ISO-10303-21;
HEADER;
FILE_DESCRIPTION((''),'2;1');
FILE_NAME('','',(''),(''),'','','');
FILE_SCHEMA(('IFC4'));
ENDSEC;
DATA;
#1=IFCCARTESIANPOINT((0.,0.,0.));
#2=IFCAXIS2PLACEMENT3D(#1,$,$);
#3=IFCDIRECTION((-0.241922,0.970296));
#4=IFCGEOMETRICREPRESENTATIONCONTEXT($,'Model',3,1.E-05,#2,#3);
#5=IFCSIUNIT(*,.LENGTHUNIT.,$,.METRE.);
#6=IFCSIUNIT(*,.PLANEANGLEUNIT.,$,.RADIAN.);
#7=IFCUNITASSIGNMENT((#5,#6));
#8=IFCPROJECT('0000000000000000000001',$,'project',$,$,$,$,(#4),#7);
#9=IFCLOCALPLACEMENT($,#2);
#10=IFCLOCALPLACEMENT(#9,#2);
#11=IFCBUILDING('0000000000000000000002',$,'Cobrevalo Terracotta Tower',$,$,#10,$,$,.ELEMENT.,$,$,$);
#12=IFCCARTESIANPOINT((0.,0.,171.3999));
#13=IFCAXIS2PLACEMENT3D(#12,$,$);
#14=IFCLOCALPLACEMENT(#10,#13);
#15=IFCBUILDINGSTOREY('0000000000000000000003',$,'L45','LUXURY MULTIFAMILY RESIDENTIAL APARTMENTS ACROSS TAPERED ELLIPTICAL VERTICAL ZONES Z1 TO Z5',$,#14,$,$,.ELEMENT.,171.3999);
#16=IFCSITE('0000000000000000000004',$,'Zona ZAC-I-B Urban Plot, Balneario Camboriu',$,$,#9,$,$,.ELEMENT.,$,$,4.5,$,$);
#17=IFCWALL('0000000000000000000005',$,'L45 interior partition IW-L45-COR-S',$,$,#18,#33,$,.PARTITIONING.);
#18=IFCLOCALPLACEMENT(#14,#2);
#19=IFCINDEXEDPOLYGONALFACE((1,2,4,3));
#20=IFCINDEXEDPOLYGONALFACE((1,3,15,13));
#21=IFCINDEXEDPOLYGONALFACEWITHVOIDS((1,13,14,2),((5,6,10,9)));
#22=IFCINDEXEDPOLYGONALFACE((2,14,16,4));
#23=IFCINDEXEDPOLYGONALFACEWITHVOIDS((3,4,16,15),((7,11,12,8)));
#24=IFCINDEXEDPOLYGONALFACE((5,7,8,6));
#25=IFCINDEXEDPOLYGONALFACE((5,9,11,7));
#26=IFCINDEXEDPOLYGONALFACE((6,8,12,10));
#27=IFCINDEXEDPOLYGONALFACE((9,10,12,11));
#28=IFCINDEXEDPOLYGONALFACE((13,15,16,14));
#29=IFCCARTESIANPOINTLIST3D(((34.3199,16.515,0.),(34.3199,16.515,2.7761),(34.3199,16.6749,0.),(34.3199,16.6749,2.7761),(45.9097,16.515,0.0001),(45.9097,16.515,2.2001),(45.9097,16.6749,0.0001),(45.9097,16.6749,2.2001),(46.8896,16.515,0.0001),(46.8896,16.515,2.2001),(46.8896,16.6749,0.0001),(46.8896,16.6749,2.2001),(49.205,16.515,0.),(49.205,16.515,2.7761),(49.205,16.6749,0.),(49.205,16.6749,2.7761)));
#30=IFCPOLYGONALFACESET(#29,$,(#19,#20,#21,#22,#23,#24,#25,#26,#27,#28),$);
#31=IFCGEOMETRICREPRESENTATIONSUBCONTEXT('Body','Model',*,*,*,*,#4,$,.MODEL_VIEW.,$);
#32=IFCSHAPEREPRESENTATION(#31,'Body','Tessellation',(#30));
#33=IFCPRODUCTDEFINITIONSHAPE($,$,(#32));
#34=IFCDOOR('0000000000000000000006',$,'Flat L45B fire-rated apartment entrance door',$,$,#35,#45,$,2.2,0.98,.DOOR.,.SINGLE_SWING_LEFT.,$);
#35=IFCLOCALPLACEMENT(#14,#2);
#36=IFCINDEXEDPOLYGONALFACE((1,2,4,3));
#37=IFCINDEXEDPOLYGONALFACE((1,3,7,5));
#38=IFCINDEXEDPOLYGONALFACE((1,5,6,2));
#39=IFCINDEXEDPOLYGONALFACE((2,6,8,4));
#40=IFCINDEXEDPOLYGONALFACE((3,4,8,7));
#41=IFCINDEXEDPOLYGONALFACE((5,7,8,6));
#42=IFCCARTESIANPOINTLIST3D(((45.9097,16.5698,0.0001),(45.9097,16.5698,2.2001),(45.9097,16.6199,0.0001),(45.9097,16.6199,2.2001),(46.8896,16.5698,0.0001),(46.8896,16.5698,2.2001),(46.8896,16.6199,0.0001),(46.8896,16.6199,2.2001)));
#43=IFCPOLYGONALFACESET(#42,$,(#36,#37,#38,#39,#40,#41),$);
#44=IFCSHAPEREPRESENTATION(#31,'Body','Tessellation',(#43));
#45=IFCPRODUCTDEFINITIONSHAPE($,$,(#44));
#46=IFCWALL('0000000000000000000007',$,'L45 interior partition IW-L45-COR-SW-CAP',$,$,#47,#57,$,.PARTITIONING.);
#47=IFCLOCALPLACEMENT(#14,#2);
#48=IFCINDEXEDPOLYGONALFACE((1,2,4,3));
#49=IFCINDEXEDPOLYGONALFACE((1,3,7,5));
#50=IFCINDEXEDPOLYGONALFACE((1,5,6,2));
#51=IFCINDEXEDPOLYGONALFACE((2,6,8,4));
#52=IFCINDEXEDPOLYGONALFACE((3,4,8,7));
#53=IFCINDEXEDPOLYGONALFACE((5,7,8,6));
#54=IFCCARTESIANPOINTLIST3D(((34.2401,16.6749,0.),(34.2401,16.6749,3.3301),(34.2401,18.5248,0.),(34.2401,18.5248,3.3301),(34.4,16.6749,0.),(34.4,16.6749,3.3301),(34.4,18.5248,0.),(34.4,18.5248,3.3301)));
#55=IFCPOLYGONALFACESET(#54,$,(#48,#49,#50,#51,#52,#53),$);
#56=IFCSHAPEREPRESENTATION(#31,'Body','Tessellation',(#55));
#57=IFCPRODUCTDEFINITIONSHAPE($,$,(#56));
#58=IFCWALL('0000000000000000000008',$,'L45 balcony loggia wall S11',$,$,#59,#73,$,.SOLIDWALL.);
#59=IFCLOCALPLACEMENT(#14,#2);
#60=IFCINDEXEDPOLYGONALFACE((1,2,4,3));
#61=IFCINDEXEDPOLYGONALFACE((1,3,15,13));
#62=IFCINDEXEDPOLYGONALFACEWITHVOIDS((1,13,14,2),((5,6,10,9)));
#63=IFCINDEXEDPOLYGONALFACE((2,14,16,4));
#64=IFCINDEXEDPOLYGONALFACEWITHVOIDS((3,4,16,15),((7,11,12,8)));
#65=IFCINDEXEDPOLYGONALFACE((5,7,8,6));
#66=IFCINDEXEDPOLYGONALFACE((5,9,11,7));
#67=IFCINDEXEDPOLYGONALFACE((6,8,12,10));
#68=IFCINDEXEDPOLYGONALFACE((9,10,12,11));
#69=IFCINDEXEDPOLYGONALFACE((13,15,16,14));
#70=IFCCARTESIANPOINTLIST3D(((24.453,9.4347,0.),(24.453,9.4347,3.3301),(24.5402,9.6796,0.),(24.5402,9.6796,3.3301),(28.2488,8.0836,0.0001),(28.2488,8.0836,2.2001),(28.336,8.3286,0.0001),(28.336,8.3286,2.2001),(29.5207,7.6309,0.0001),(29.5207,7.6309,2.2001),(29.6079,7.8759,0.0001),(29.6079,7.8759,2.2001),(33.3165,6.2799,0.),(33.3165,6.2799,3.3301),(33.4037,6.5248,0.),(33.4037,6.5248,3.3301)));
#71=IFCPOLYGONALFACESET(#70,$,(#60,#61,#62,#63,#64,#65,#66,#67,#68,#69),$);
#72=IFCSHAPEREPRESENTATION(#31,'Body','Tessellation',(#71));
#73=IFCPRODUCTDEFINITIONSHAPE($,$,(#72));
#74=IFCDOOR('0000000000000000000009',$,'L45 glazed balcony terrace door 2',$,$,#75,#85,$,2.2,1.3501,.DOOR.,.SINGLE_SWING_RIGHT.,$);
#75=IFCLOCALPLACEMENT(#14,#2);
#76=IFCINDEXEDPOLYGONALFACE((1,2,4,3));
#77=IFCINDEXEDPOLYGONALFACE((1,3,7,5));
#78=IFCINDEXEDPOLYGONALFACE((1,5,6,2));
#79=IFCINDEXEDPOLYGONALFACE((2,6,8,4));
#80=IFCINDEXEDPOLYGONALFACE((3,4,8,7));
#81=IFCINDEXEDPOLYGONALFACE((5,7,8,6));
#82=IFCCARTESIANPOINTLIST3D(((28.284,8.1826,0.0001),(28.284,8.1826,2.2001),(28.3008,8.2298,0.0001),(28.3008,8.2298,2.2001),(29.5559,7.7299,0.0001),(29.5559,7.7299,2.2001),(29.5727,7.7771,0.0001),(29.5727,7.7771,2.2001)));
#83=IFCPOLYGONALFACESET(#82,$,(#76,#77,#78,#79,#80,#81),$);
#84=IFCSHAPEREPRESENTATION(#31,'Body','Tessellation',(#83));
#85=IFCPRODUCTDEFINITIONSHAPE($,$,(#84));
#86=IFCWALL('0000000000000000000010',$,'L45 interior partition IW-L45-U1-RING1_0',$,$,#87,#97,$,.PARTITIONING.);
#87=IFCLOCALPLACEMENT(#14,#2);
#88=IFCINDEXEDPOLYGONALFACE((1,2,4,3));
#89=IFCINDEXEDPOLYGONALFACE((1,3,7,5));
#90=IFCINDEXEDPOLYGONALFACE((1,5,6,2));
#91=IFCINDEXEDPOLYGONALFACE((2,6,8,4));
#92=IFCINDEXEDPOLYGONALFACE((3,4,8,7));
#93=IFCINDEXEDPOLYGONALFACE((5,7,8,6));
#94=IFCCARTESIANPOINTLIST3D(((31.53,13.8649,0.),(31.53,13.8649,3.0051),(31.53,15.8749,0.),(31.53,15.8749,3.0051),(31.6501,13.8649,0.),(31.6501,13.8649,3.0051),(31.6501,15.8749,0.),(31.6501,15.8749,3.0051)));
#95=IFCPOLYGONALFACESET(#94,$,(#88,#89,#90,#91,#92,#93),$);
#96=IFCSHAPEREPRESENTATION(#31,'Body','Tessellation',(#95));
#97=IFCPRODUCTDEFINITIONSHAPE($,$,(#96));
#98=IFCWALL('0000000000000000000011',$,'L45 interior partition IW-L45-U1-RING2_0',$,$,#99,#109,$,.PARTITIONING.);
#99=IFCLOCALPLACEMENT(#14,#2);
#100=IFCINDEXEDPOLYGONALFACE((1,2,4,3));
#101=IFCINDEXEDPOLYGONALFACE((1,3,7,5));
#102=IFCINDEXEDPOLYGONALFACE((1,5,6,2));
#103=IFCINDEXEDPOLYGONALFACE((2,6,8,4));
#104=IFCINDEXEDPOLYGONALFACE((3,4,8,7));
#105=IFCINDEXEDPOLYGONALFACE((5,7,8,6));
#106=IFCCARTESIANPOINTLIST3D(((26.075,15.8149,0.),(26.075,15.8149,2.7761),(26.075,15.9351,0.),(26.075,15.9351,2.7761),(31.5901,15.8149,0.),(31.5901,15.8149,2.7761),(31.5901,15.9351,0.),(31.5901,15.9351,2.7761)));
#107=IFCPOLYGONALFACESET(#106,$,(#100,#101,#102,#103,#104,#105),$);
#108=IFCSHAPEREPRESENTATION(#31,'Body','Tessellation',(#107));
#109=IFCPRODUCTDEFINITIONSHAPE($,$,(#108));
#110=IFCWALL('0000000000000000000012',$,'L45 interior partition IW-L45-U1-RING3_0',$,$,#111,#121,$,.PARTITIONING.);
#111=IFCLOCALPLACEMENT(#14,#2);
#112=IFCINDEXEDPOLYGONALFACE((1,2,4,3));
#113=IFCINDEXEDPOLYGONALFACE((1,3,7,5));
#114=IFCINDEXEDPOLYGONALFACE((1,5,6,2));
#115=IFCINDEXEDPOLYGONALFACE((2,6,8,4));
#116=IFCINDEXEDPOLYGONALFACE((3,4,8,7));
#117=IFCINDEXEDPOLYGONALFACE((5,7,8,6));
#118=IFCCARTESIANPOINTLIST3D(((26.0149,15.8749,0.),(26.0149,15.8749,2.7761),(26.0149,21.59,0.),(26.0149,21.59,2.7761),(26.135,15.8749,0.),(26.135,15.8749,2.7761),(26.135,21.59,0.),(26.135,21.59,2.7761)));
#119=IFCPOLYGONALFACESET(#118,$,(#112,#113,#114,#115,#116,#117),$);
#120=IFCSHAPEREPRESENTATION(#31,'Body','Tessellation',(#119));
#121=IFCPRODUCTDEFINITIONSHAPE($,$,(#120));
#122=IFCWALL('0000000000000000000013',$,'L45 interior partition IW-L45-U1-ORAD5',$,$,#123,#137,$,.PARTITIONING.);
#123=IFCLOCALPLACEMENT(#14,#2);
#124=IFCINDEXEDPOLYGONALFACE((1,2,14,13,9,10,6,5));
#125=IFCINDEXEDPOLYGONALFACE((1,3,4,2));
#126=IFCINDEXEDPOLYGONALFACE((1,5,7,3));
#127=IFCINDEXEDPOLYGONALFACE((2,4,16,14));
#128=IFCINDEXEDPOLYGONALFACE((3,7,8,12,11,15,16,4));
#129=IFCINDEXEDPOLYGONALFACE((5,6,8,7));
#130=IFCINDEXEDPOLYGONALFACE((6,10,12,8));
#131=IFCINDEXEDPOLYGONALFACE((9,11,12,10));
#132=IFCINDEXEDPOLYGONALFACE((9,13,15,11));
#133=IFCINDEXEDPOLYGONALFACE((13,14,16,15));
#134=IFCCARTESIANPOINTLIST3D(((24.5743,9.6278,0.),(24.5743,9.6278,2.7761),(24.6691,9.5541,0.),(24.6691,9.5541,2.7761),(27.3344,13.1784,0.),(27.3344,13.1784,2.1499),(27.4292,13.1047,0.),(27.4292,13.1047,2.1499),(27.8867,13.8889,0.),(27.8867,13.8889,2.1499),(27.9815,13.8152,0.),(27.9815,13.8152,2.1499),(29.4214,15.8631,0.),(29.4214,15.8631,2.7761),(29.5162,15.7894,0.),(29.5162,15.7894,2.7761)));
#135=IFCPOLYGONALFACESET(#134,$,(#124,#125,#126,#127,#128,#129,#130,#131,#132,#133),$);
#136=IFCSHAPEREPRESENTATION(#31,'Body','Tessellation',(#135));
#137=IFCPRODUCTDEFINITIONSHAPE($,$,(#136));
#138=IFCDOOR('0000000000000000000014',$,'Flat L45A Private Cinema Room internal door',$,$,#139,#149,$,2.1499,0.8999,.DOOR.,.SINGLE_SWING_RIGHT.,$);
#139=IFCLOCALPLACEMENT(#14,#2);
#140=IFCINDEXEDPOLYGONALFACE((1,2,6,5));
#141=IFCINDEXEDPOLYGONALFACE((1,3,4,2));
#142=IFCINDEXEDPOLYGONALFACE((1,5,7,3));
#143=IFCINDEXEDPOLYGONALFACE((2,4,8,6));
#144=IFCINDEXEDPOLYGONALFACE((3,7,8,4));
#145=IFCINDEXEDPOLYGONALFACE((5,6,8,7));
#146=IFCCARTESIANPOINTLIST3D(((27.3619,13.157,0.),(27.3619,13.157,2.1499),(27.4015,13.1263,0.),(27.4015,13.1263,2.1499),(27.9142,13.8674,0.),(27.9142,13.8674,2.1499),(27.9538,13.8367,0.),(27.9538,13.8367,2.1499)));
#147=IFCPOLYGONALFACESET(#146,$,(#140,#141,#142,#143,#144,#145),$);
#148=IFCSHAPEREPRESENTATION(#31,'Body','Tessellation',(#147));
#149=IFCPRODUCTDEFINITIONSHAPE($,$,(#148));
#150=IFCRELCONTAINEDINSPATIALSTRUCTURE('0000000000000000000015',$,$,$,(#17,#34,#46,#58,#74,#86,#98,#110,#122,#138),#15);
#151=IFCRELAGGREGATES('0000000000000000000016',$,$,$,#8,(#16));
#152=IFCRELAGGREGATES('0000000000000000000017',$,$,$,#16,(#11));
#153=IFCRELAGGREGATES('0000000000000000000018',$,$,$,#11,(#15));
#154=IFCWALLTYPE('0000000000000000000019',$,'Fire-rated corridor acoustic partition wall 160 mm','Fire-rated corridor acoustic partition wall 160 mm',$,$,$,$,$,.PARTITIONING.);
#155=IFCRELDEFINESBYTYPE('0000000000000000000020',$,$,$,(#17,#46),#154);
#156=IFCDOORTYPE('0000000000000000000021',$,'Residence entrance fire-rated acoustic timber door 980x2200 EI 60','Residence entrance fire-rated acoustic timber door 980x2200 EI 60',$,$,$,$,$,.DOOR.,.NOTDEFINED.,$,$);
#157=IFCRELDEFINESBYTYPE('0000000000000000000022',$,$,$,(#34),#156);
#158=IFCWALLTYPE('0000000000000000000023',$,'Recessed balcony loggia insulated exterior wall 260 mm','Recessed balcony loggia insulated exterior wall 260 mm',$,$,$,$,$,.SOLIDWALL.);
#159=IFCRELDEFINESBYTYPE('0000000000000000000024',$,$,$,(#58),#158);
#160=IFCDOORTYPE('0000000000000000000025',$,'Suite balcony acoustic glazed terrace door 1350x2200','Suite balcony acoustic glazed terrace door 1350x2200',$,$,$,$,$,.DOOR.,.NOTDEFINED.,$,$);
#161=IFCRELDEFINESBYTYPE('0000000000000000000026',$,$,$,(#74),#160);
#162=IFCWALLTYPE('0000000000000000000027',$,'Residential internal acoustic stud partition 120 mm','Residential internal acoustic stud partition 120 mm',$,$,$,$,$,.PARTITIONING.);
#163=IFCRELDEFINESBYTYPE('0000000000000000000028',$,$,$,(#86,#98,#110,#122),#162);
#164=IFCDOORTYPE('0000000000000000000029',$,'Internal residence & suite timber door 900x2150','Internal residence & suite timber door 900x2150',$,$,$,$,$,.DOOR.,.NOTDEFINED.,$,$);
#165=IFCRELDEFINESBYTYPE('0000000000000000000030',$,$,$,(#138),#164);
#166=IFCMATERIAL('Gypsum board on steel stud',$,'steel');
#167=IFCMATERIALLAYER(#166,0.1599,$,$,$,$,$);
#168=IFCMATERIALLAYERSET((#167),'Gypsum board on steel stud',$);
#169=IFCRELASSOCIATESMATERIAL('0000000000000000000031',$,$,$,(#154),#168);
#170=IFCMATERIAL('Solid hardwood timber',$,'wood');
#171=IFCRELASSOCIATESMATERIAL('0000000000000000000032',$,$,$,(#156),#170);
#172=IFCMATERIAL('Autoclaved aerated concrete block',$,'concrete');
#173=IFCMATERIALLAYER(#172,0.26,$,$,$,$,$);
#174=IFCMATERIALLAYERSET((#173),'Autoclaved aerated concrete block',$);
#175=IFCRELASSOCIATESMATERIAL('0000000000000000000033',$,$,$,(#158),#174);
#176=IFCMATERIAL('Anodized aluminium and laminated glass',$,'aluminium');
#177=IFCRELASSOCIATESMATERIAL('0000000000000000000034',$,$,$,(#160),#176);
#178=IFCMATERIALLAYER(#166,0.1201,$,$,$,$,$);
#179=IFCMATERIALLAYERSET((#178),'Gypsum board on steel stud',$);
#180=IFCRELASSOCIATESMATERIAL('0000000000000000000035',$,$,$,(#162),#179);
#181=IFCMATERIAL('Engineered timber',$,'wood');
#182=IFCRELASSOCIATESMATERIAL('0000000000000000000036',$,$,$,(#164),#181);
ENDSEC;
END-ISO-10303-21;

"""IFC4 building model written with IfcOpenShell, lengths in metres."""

from ifc_helpers import new_model, si_unit, direction, frame, frame_2d, origin, place, context, subcontext, project, spatial, rectangle, extrude, source, transform, mapped, material, layer, layer_set, type_object, element, fill, save


model = new_model("IFC4")

# Units and contexts
model_context = context("Model", 3, precision=1e-05, world=origin(), true_north=direction((-0.241922, 0.970296)))
body_context = subcontext(model_context, "Body", "Model", "MODEL_VIEW")
ifc_project = project(units=[si_unit("LENGTHUNIT", "METRE"), si_unit("PLANEANGLEUNIT", "RADIAN")], contexts=[model_context])

# Site, building, storey
site_placement = place(None, origin())
site = spatial("IfcSite", under=ifc_project, at=site_placement, Name="Zona ZAC-I-B Urban Plot, Balneario Camboriu", CompositionType="ELEMENT", RefElevation=4.5)
building_placement = place(site_placement, origin())
building = spatial("IfcBuilding", under=site, at=building_placement, Name="Cobrevalo Terracotta Tower", CompositionType="ELEMENT")
storey_placement = place(building_placement, frame((0.0, 0.0, 171.3999)))
storey = spatial("IfcBuildingStorey", under=building, at=storey_placement, Name="L45", Description="LUXURY MULTIFAMILY RESIDENTIAL APARTMENTS ACROSS TAPERED ELLIPTICAL VERTICAL ZONES Z1 TO Z5", CompositionType="ELEMENT", Elevation=171.3999)

# Wall, opening, door
ifc_material_1 = material(Name="Gypsum board on steel stud", Category="steel")
ifc_layer_1 = layer(ifc_material_1, 0.1599)
ifc_layer_set_1 = layer_set([ifc_layer_1], Name="Gypsum board on steel stud")
wall_type_1 = type_object("IfcWallType", Name="Fire-rated corridor acoustic partition wall 160 mm", Description="Fire-rated corridor acoustic partition wall 160 mm", PredefinedType="PARTITIONING", material=ifc_layer_set_1)
wall_1_placement = place(storey_placement, frame((34.3201, 16.595, 0.0), z_axis=(0.0, 0.0, 1.0), x_axis=(1.0, 0.0, 0.0)))
wall_1 = element("IfcWall", 1, at=wall_1_placement, inside=storey, type_object=wall_type_1, Name="L45 interior partition IW-L45-COR-S", PredefinedType="PARTITIONING", context=body_context, shape_type="SweptSolid", body=[
    extrude(rectangle(XDim=14.885, YDim=0.1599, at=frame_2d((7.4424, 0.0))), origin(), (0.0, 0.0, 1.0), 2.7761),
])
opening_1_placement = place(wall_1_placement, frame((11.5896, 0.0, 0.0)))
opening_1 = element("IfcOpeningElement", 2, at=opening_1_placement, cuts=wall_1, PredefinedType="OPENING", context=body_context, shape_type="SweptSolid", body=[
    extrude(rectangle(XDim=0.98, YDim=2.2, at=frame_2d((0.49, 1.1001))), frame((0.0, 0.0898, 0.0), z_axis=(0.0, -1.0, 0.0), x_axis=(1.0, 0.0, 0.0)), (0.0, 0.0, 1.0), 0.1799),
])
ifc_material_2 = material(Name="Solid hardwood timber", Category="wood")
door_type_1 = type_object("IfcDoorType", Name="Residence entrance fire-rated acoustic timber door 980x2200 EI 60", Description="Residence entrance fire-rated acoustic timber door 980x2200 EI 60", OperationType="NOTDEFINED", PredefinedType="DOOR", material=ifc_material_2)
shared_shape_1 = source(origin(), body_context, "Body", "SweptSolid", [
    extrude(rectangle(XDim=0.98, YDim=2.2, at=frame_2d((0.49, 1.1001))), frame((0.0, 0.0249, 0.0), z_axis=(0.0, -1.0, 0.0), x_axis=(1.0, 0.0, 0.0)), (0.0, 0.0, 1.0), 0.05),
])
door_1_placement = place(opening_1_placement, origin())
door_1 = element("IfcDoor", 3, at=door_1_placement, inside=storey, type_object=door_type_1, Name="Flat L45B fire-rated apartment entrance door", OperationType="SINGLE_SWING_LEFT", OverallHeight=2.2, OverallWidth=0.98, PredefinedType="DOOR", context=body_context, shape_type="MappedRepresentation", body=[
    mapped(shared_shape_1, transform((0.0, 0.0, 0.0), scale=1.0)),
])
fill(opening_1, door_1)

# Wall
wall_2_placement = place(storey_placement, frame((34.3201, 16.675, 0.0), z_axis=(0.0, 0.0, 1.0), x_axis=(0.0, 1.0, 0.0)))
element("IfcWall", 4, at=wall_2_placement, inside=storey, type_object=wall_type_1, Name="L45 interior partition IW-L45-COR-SW-CAP", PredefinedType="PARTITIONING", context=body_context, shape_type="SweptSolid", body=[
    extrude(rectangle(XDim=1.8499, YDim=0.1599, at=frame_2d((0.9248, 0.0))), origin(), (0.0, 0.0, 1.0), 3.3301),
])

# Wall, opening, door
ifc_material_3 = material(Name="Autoclaved aerated concrete block", Category="concrete")
ifc_layer_2 = layer(ifc_material_3, 0.26)
ifc_layer_set_2 = layer_set([ifc_layer_2], Name="Autoclaved aerated concrete block")
wall_type_2 = type_object("IfcWallType", Name="Recessed balcony loggia insulated exterior wall 260 mm", Description="Recessed balcony loggia insulated exterior wall 260 mm", PredefinedType="SOLIDWALL", material=ifc_layer_set_2)
wall_3_placement = place(storey_placement, frame((24.4966, 9.5571, 0.0), z_axis=(0.0, 0.0, 1.0), x_axis=(0.942104, -0.335322, 0.0)))
wall_3 = element("IfcWall", 5, at=wall_3_placement, inside=storey, type_object=wall_type_2, Name="L45 balcony loggia wall S11", PredefinedType="SOLIDWALL", context=body_context, shape_type="SweptSolid", body=[
    extrude(rectangle(XDim=9.4082, YDim=0.26, at=frame_2d((4.7041, 0.0))), origin(), (0.0, 0.0, 1.0), 3.3301),
])
opening_2_placement = place(wall_3_placement, frame((4.0291, 0.0, 0.0)))
opening_2 = element("IfcOpeningElement", 6, at=opening_2_placement, cuts=wall_3, PredefinedType="OPENING", context=body_context, shape_type="SweptSolid", body=[
    extrude(rectangle(XDim=1.3501, YDim=2.2, at=frame_2d((0.675, 1.1001))), frame((0.0, 0.1401, 0.0), z_axis=(0.0, -1.0, 0.0), x_axis=(1.0, 0.0, 0.0)), (0.0, 0.0, 1.0), 0.28),
])
ifc_material_4 = material(Name="Anodized aluminium and laminated glass", Category="aluminium")
door_type_2 = type_object("IfcDoorType", Name="Suite balcony acoustic glazed terrace door 1350x2200", Description="Suite balcony acoustic glazed terrace door 1350x2200", OperationType="NOTDEFINED", PredefinedType="DOOR", material=ifc_material_4)
shared_shape_2 = source(origin(), body_context, "Body", "SweptSolid", [
    extrude(rectangle(XDim=1.3501, YDim=2.2, at=frame_2d((0.675, 1.1001))), frame((0.0, 0.0249, 0.0), z_axis=(0.0, -1.0, 0.0), x_axis=(1.0, 0.0, 0.0)), (0.0, 0.0, 1.0), 0.05),
])
door_2_placement = place(opening_2_placement, frame((1.3501, 0.0, 0.0), z_axis=(0.0, 0.0, 1.0), x_axis=(-1.0, 0.0, 0.0)))
door_2 = element("IfcDoor", 7, at=door_2_placement, inside=storey, type_object=door_type_2, Name="L45 glazed balcony terrace door 2", OperationType="SINGLE_SWING_RIGHT", OverallHeight=2.2, OverallWidth=1.3501, PredefinedType="DOOR", context=body_context, shape_type="MappedRepresentation", body=[
    mapped(shared_shape_2, transform((0.0, 0.0, 0.0), scale=1.0)),
])
fill(opening_2, door_2)

# Walls
ifc_layer_3 = layer(ifc_material_1, 0.1201)
ifc_layer_set_3 = layer_set([ifc_layer_3], Name="Gypsum board on steel stud")
wall_type_3 = type_object("IfcWallType", Name="Residential internal acoustic stud partition 120 mm", Description="Residential internal acoustic stud partition 120 mm", PredefinedType="PARTITIONING", material=ifc_layer_set_3)
wall_4_placement = place(storey_placement, frame((31.5901, 13.865, 0.0), z_axis=(0.0, 0.0, 1.0), x_axis=(0.0, 1.0, 0.0)))
element("IfcWall", 8, at=wall_4_placement, inside=storey, type_object=wall_type_3, Name="L45 interior partition IW-L45-U1-RING1_0", PredefinedType="PARTITIONING", context=body_context, shape_type="SweptSolid", body=[
    extrude(rectangle(XDim=2.01, YDim=0.1201, at=frame_2d((1.0049, 0.0))), origin(), (0.0, 0.0, 1.0), 3.0051),
])
wall_5_placement = place(storey_placement, frame((31.5901, 15.875, 0.0), z_axis=(0.0, 0.0, 1.0), x_axis=(-1.0, 0.0, 0.0)))
element("IfcWall", 9, at=wall_5_placement, inside=storey, type_object=wall_type_3, Name="L45 interior partition IW-L45-U1-RING2_0", PredefinedType="PARTITIONING", context=body_context, shape_type="SweptSolid", body=[
    extrude(rectangle(XDim=5.5151, YDim=0.1201, at=frame_2d((2.7576, 0.0))), origin(), (0.0, 0.0, 1.0), 2.7761),
])
wall_6_placement = place(storey_placement, frame((26.075, 15.875, 0.0), z_axis=(0.0, 0.0, 1.0), x_axis=(0.0, 1.0, 0.0)))
element("IfcWall", 10, at=wall_6_placement, inside=storey, type_object=wall_type_3, Name="L45 interior partition IW-L45-U1-RING3_0", PredefinedType="PARTITIONING", context=body_context, shape_type="SweptSolid", body=[
    extrude(rectangle(XDim=5.7151, YDim=0.1201, at=frame_2d((2.8574, 0.0))), origin(), (0.0, 0.0, 1.0), 2.7761),
])

# Wall, opening, door
wall_7_placement = place(storey_placement, frame((29.4688, 15.8262, 0.0), z_axis=(0.0, 0.0, 1.0), x_axis=(-0.613739, -0.789509, 0.0)))
wall_7 = element("IfcWall", 11, at=wall_7_placement, inside=storey, type_object=wall_type_3, Name="L45 interior partition IW-L45-U1-ORAD5", PredefinedType="PARTITIONING", context=body_context, shape_type="SweptSolid", body=[
    extrude(rectangle(XDim=7.8977, YDim=0.1201, at=frame_2d((3.9487, 0.0))), origin(), (0.0, 0.0, 1.0), 2.7761),
])
opening_3_placement = place(wall_7_placement, frame((2.5005, 0.0, 0.0)))
opening_3 = element("IfcOpeningElement", 12, at=opening_3_placement, cuts=wall_7, PredefinedType="OPENING", context=body_context, shape_type="SweptSolid", body=[
    extrude(rectangle(XDim=0.8999, YDim=2.1499, at=frame_2d((0.45, 1.075))), frame((0.0, 0.0701, 0.0), z_axis=(0.0, -1.0, 0.0), x_axis=(1.0, 0.0, 0.0)), (0.0, 0.0, 1.0), 0.1401),
])
ifc_material_5 = material(Name="Engineered timber", Category="wood")
door_type_3 = type_object("IfcDoorType", Name="Internal residence & suite timber door 900x2150", Description="Internal residence & suite timber door 900x2150", OperationType="NOTDEFINED", PredefinedType="DOOR", material=ifc_material_5)
shared_shape_3 = source(origin(), body_context, "Body", "SweptSolid", [
    extrude(rectangle(XDim=0.8999, YDim=2.1499, at=frame_2d((0.45, 1.075))), frame((0.0, 0.0249, 0.0), z_axis=(0.0, -1.0, 0.0), x_axis=(1.0, 0.0, 0.0)), (0.0, 0.0, 1.0), 0.05),
])
door_3_placement = place(opening_3_placement, origin())
door_3 = element("IfcDoor", 13, at=door_3_placement, inside=storey, type_object=door_type_3, Name="Flat L45A Private Cinema Room internal door", OperationType="SINGLE_SWING_RIGHT", OverallHeight=2.1499, OverallWidth=0.8999, PredefinedType="DOOR", context=body_context, shape_type="MappedRepresentation", body=[
    mapped(shared_shape_3, transform((0.0, 0.0, 0.0), scale=1.0)),
])
fill(opening_3, door_3)

save(model, "model.ifc")
